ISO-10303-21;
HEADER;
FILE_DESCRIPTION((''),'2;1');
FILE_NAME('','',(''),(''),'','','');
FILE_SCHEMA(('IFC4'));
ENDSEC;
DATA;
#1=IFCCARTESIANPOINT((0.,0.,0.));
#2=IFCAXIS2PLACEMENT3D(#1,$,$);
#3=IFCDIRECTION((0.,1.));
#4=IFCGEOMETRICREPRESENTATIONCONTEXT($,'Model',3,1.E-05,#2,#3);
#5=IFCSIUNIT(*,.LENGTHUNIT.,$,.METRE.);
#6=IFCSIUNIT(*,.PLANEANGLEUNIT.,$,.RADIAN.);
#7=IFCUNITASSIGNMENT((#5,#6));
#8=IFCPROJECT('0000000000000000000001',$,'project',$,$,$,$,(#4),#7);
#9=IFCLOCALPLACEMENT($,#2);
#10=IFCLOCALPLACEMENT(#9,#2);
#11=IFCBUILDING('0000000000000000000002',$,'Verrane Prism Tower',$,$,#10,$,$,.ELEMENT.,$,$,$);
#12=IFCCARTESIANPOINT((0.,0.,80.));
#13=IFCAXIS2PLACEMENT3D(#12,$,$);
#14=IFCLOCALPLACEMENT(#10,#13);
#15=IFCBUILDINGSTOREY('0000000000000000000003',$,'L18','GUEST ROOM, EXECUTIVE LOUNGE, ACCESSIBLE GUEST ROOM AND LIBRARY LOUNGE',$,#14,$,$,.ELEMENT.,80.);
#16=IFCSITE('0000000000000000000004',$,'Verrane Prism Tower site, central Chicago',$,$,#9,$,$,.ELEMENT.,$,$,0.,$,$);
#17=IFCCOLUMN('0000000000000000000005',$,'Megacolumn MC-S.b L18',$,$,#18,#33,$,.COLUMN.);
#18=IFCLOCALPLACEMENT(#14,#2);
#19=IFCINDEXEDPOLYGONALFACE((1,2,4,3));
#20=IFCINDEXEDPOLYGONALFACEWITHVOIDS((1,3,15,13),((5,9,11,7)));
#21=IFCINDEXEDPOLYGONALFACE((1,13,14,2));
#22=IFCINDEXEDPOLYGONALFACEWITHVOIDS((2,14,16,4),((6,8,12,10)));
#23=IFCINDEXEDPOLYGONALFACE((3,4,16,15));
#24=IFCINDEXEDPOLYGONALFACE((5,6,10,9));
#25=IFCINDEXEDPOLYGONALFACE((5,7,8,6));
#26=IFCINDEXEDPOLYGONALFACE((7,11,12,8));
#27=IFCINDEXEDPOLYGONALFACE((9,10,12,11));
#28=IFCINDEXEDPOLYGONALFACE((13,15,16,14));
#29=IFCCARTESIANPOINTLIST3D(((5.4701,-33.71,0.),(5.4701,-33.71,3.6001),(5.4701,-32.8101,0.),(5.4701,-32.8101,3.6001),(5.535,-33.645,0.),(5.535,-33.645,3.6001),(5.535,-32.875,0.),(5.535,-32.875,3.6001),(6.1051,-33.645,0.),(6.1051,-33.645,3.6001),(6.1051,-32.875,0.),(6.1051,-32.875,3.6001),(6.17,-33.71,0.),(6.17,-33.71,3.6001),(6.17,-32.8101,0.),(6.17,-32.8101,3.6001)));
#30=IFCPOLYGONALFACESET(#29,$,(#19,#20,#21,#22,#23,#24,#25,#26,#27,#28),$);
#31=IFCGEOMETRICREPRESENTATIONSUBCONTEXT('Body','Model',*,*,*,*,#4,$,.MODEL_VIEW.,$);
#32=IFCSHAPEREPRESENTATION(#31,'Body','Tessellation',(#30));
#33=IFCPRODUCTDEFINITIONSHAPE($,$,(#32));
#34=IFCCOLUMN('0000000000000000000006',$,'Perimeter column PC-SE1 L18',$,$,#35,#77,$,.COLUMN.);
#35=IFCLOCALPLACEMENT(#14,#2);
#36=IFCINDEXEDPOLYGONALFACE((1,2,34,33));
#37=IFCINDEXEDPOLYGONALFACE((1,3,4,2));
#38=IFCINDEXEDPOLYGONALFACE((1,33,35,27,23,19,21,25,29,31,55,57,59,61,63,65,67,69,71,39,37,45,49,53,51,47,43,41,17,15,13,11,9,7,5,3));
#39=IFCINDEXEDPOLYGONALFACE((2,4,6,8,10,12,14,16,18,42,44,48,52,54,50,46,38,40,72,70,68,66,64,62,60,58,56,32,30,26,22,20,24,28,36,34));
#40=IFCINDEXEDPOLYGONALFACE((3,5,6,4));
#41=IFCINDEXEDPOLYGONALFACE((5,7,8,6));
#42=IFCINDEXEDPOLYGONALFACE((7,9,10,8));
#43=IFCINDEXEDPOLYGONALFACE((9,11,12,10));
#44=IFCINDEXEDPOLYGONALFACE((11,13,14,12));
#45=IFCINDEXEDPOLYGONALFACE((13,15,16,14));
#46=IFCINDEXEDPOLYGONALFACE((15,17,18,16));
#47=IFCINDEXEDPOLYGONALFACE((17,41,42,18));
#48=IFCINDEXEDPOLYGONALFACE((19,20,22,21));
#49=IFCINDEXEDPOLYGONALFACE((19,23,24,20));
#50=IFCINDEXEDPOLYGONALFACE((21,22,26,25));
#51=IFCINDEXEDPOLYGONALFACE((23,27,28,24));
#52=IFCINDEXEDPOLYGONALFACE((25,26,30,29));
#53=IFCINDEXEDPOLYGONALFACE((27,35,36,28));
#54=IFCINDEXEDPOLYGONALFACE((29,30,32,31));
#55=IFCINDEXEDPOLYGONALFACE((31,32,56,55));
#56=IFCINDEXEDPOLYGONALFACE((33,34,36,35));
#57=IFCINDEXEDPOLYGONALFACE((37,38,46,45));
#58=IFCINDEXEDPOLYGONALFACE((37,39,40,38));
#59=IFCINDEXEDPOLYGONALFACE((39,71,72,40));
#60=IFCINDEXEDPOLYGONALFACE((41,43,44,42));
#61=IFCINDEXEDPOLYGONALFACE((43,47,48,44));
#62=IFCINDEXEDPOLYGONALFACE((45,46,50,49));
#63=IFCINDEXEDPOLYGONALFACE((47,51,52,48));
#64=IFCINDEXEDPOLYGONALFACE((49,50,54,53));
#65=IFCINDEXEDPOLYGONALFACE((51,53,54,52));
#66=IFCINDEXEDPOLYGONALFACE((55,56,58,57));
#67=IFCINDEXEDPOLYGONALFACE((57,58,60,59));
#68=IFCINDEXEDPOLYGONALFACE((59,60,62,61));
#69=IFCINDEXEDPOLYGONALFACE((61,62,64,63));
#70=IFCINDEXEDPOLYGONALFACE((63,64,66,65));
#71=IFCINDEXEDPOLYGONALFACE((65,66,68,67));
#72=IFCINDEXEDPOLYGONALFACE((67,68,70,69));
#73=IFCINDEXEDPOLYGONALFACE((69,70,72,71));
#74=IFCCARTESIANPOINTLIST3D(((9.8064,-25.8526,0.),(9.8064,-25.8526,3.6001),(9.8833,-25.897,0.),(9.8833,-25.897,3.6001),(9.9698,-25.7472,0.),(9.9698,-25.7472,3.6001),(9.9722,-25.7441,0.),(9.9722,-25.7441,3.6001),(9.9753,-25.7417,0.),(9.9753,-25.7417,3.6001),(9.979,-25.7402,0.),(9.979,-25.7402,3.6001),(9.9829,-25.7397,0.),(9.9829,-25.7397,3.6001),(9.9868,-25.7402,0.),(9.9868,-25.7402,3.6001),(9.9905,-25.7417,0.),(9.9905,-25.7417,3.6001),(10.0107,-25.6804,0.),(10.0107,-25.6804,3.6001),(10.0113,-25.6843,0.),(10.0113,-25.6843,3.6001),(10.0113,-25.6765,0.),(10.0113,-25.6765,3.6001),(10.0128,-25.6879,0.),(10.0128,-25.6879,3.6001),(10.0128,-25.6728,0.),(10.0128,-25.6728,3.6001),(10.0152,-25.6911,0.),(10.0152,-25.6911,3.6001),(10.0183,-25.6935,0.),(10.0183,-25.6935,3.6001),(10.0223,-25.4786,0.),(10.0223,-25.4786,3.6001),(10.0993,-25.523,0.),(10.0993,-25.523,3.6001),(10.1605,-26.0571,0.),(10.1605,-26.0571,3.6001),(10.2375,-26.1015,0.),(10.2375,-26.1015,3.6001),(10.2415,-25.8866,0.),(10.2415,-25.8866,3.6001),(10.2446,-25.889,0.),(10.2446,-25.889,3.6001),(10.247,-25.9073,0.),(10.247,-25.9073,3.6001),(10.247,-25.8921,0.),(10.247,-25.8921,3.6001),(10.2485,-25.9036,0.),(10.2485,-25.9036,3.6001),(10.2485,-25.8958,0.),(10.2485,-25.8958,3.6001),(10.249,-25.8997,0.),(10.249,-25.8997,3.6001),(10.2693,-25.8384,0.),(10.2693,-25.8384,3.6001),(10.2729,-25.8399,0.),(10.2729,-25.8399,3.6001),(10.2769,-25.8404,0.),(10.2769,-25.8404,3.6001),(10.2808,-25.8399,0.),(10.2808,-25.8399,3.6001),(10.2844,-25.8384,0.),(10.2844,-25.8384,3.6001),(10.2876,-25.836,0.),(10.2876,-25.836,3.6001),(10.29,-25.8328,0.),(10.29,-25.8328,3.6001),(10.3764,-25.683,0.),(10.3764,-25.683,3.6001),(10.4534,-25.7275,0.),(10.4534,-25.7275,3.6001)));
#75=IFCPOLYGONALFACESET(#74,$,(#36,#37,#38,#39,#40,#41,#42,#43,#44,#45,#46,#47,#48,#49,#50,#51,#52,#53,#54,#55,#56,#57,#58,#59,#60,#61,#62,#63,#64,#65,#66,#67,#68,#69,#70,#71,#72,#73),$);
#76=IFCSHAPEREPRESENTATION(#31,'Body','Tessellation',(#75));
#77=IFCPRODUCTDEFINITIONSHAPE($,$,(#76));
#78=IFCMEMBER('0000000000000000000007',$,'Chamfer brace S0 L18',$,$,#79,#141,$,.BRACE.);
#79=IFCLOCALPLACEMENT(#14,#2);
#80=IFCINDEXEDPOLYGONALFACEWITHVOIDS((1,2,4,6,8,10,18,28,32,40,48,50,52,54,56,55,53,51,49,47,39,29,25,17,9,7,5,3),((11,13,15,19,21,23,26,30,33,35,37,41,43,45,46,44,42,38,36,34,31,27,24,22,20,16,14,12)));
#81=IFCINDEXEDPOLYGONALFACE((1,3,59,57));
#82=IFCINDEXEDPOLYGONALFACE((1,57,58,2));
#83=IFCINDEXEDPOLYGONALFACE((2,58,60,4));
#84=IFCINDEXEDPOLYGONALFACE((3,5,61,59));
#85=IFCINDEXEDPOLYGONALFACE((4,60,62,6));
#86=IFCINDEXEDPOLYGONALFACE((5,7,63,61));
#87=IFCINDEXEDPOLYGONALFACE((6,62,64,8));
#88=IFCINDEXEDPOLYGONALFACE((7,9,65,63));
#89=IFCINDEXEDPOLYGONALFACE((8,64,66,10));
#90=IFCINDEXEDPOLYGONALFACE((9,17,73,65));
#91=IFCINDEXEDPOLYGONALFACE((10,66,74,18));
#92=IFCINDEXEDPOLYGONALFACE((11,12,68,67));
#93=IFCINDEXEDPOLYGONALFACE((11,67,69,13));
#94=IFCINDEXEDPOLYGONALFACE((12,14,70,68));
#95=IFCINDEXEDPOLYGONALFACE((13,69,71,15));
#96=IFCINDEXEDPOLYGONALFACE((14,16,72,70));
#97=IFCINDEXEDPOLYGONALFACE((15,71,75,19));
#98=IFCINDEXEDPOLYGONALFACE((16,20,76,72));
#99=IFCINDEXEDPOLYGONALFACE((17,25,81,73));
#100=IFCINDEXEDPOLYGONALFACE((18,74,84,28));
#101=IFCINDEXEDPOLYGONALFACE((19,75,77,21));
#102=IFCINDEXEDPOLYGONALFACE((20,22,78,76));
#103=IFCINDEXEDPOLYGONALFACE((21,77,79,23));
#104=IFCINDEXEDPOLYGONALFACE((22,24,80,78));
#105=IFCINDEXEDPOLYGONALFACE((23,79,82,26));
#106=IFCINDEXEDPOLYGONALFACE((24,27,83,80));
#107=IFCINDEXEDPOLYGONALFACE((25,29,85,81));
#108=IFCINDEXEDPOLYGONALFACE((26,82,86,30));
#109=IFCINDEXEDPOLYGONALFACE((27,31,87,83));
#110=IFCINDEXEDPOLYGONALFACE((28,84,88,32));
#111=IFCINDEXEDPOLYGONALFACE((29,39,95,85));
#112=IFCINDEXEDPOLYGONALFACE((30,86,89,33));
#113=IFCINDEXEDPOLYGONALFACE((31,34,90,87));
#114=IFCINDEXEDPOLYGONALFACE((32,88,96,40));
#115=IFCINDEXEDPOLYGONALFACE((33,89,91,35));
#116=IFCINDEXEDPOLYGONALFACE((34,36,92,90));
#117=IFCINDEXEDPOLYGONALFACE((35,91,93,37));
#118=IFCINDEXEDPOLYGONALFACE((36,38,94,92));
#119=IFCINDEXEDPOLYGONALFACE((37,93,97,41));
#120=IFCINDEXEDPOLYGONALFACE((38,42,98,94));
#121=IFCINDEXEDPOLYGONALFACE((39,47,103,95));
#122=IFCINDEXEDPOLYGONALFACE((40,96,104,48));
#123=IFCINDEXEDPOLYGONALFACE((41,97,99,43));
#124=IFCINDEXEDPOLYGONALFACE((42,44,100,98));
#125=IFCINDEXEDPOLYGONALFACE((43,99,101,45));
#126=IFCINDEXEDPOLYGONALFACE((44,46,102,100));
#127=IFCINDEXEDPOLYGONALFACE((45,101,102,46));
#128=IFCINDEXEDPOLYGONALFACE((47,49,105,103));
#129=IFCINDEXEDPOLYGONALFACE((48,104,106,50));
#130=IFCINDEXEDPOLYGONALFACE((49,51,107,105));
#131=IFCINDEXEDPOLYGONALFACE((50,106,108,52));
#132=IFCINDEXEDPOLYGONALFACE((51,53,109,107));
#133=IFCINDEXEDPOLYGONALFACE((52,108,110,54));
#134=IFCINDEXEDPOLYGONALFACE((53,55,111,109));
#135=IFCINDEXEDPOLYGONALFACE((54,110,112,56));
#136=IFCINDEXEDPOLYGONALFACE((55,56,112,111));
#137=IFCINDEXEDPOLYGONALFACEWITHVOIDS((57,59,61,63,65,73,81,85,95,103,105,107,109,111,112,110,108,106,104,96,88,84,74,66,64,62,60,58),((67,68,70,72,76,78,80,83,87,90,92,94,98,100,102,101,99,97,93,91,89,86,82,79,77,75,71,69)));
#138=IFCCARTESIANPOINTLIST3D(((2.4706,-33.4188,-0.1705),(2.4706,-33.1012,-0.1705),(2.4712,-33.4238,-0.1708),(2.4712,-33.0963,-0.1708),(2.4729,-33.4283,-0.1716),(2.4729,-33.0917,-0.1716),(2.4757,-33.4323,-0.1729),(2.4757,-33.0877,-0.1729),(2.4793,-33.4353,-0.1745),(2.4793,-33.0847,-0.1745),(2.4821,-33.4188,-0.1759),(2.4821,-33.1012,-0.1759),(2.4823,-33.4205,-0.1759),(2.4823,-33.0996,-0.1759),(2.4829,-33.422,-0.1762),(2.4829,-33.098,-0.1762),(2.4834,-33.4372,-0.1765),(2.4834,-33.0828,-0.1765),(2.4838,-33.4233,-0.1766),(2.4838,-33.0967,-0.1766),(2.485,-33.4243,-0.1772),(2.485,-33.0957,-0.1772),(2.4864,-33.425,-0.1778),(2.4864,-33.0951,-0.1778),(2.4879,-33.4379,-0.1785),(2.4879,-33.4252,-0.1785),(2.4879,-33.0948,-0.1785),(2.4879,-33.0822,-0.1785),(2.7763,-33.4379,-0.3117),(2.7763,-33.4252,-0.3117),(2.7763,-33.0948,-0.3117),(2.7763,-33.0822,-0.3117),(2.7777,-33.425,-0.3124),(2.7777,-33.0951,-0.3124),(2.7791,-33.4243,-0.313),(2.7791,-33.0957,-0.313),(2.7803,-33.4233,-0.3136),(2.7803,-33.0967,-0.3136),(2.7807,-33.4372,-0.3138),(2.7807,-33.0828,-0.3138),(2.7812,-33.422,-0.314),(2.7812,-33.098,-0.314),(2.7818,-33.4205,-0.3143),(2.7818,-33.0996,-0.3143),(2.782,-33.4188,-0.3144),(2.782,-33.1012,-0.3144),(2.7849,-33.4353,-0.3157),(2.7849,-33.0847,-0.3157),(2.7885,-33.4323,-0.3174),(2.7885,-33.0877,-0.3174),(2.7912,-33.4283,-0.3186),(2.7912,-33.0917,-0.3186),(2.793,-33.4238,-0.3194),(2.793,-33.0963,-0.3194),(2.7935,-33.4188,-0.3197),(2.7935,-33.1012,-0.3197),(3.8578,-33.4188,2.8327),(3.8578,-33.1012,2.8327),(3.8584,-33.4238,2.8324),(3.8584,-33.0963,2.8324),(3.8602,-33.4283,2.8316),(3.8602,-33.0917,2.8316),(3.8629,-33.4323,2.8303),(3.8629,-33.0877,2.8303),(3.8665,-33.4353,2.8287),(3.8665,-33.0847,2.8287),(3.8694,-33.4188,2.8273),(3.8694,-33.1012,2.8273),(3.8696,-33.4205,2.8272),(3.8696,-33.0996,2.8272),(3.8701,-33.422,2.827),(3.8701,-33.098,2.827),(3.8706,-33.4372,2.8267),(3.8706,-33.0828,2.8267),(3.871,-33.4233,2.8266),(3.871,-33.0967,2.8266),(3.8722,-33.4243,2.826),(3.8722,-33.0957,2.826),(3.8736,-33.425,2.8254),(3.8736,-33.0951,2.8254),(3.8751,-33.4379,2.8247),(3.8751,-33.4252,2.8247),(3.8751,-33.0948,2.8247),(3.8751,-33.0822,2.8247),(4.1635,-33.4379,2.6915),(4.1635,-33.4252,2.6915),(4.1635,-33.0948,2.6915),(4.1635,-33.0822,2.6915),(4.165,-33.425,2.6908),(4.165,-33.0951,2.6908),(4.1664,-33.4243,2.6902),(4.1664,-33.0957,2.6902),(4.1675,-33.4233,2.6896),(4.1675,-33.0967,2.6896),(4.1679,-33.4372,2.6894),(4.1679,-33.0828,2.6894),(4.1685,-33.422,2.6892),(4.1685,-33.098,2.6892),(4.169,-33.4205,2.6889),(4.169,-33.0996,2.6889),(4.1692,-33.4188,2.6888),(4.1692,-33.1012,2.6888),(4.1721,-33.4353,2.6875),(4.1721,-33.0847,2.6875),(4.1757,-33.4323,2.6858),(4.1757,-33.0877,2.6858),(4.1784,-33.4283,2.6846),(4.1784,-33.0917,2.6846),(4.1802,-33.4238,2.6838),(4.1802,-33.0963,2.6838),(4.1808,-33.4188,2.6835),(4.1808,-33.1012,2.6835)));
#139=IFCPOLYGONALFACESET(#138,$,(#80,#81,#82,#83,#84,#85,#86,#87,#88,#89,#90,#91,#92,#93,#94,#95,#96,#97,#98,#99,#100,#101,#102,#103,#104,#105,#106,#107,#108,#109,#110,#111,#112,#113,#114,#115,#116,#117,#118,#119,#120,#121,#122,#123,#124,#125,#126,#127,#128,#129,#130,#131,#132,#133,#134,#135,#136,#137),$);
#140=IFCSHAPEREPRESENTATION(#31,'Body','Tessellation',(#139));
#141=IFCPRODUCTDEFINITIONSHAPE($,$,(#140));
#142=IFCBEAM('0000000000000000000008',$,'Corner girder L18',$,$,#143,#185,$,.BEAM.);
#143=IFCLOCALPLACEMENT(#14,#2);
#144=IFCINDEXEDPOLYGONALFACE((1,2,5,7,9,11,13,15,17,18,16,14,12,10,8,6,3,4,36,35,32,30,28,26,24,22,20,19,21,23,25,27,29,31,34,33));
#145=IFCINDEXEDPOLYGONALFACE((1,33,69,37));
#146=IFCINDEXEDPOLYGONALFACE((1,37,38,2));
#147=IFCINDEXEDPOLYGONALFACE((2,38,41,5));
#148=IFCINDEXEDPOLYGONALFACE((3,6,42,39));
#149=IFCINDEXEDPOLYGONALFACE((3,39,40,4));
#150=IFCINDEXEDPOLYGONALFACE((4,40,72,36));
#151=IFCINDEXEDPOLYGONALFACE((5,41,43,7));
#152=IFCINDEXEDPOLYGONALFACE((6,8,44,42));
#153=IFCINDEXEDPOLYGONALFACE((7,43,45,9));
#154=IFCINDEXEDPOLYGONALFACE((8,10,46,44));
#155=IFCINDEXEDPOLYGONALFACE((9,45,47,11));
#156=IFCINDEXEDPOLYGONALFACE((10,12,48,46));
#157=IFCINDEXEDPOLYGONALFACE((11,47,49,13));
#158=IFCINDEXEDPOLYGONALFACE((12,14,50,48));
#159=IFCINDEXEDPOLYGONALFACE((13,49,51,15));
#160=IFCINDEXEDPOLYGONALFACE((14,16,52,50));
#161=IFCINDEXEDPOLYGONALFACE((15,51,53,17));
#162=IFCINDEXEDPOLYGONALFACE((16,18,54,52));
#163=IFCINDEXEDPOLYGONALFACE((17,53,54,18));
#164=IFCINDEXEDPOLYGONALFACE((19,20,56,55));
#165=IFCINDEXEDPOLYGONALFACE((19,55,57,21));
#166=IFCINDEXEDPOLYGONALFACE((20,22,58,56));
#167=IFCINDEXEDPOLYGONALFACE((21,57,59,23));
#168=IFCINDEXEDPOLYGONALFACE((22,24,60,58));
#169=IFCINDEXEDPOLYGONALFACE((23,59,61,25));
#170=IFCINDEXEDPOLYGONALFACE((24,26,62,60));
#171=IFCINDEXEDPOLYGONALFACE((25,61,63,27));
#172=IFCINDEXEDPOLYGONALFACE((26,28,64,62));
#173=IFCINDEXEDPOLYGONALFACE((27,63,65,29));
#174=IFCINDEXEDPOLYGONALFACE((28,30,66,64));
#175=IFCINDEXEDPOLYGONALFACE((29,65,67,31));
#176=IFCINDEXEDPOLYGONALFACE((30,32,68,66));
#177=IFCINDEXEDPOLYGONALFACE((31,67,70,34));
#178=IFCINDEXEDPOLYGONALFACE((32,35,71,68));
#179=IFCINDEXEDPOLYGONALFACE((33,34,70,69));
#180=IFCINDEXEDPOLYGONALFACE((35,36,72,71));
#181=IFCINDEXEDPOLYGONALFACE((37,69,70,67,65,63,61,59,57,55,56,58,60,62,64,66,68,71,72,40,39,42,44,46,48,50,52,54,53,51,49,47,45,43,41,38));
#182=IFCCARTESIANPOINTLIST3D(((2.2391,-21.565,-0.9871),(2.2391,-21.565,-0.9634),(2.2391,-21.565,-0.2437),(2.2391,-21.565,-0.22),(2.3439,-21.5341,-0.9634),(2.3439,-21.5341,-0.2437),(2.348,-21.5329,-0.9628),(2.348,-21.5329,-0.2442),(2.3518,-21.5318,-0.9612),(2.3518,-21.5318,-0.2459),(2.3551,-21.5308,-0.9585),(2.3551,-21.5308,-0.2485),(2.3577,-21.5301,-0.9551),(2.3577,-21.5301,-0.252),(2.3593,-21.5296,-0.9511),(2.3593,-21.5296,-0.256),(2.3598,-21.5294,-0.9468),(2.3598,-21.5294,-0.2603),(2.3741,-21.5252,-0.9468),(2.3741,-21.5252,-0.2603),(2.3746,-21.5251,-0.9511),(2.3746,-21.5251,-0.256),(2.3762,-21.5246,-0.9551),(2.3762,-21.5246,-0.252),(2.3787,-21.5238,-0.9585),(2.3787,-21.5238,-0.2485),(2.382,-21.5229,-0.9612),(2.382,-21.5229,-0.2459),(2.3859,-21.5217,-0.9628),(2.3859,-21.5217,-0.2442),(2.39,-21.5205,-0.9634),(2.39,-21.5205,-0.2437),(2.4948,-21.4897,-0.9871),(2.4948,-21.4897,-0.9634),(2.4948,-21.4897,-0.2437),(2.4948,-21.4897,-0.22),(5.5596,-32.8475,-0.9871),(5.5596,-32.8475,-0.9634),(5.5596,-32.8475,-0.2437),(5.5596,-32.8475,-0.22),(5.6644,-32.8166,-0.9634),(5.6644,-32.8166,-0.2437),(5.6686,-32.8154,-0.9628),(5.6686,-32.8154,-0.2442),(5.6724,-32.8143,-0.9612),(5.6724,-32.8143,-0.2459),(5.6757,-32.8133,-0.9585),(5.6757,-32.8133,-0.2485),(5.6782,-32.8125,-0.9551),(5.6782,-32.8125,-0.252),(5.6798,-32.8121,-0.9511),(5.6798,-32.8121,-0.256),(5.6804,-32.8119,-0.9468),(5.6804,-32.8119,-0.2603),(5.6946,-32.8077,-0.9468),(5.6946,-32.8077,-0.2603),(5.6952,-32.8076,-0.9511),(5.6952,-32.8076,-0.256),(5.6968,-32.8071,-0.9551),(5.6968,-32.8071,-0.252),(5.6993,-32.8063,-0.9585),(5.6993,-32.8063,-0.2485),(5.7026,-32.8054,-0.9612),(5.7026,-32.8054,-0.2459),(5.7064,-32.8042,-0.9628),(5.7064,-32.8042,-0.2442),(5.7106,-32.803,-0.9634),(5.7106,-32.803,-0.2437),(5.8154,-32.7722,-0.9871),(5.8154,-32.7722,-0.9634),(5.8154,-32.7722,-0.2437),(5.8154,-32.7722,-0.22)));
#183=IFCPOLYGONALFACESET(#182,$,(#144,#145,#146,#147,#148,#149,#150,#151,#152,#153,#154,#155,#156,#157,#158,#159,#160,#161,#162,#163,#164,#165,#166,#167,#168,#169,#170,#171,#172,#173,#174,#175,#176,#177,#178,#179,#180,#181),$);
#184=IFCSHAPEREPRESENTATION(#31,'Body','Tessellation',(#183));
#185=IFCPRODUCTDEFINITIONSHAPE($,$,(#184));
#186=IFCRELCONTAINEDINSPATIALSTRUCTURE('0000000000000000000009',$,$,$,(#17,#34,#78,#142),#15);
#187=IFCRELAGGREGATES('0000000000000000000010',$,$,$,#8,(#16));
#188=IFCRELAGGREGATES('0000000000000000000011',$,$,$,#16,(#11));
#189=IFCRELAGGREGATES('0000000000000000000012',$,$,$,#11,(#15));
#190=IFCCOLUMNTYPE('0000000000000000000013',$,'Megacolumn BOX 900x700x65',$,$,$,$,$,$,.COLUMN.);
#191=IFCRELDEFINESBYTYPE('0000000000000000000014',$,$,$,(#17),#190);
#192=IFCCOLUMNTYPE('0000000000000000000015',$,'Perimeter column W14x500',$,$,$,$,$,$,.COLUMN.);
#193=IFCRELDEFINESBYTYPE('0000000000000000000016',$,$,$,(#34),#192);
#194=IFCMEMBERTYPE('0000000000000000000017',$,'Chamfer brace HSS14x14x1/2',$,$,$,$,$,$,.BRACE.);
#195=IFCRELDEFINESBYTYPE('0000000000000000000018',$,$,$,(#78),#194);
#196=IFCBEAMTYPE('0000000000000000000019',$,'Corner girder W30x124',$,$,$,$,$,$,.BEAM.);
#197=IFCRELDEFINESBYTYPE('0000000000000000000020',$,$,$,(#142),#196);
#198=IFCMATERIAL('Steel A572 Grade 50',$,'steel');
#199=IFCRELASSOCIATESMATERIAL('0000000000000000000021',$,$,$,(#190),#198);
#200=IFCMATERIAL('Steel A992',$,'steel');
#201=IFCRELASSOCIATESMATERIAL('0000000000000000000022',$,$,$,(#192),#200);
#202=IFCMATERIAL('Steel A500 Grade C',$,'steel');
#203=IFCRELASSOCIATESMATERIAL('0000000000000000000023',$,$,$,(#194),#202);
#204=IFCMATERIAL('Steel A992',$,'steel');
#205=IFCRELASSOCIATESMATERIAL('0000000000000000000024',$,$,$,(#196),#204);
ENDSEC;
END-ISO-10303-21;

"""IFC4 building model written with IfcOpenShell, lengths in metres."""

from ifc_helpers import new_model, si_unit, direction, frame, origin, origin_2d, place, context, subcontext, project, spatial, hollow_rectangle, i_section, extrude, material, material_profile, profile_set, type_object, element, save


model = new_model("IFC4")

# Units and contexts
model_context = context("Model", 3, precision=1e-05, world=origin(), true_north=direction((0.0, 1.0)))
body_context = subcontext(model_context, "Body", "Model", "MODEL_VIEW")
ifc_project = project(units=[si_unit("LENGTHUNIT", "METRE"), si_unit("PLANEANGLEUNIT", "RADIAN")], contexts=[model_context])

# Site, building, storey
site_placement = place(None, origin())
site = spatial("IfcSite", under=ifc_project, at=site_placement, Name="Verrane Prism Tower site, central Chicago", CompositionType="ELEMENT", RefElevation=0.0)
building_placement = place(site_placement, origin())
building = spatial("IfcBuilding", under=site, at=building_placement, Name="Verrane Prism Tower", CompositionType="ELEMENT")
storey_placement = place(building_placement, frame((0.0, 0.0, 80.0)))
storey = spatial("IfcBuildingStorey", under=building, at=storey_placement, Name="L18", Description="GUEST ROOM, EXECUTIVE LOUNGE, ACCESSIBLE GUEST ROOM AND LIBRARY LOUNGE", CompositionType="ELEMENT", Elevation=80.0)

# Columns
ifc_material_1 = material(Name="Steel A572 Grade 50", Category="steel")
ifc_material_profile_1 = material_profile(ifc_material_1, hollow_rectangle(XDim=0.7, YDim=0.8999, WallThickness=0.0649, at=origin_2d()), Name="BOX 900x700x65")
ifc_profile_set_1 = profile_set([ifc_material_profile_1], Name="Steel A572 Grade 50")
column_type_1 = type_object("IfcColumnType", Name="Megacolumn BOX 900x700x65", PredefinedType="COLUMN", material=ifc_profile_set_1)
column_1_placement = place(storey_placement, frame((5.8201, -33.26, 0.0), z_axis=(0.0, 0.0, 1.0), x_axis=(-1.0, 0.0, 0.0)))
element("IfcColumn", 1, at=column_1_placement, inside=storey, type_object=column_type_1, Name="Megacolumn MC-S.b L18", PredefinedType="COLUMN", context=body_context, shape_type="SweptSolid", body=[
    extrude(hollow_rectangle(XDim=0.7, YDim=0.8999, WallThickness=0.0649, at=origin_2d()), origin(), (0.0, 0.0, 1.0), 3.6001),
])
ifc_material_2 = material(Name="Steel A992", Category="steel")
ifc_material_profile_2 = material_profile(ifc_material_2, i_section(OverallWidth=0.4319, OverallDepth=0.4978, WebThickness=0.0557, FlangeThickness=0.0889, FilletRadius=0.0151, at=origin_2d()), Name="W14x500")
ifc_profile_set_2 = profile_set([ifc_material_profile_2], Name="Steel A992")
column_type_2 = type_object("IfcColumnType", Name="Perimeter column W14x500", PredefinedType="COLUMN", material=ifc_profile_set_2)
column_2_placement = place(storey_placement, frame((10.1299, -25.79, 0.0), z_axis=(0.0, 0.0, 1.0), x_axis=(-0.5, -0.866025, 0.0)))
element("IfcColumn", 2, at=column_2_placement, inside=storey, type_object=column_type_2, Name="Perimeter column PC-SE1 L18", PredefinedType="COLUMN", context=body_context, shape_type="SweptSolid", body=[
    extrude(i_section(OverallWidth=0.4319, OverallDepth=0.4978, WebThickness=0.0557, FlangeThickness=0.0889, FilletRadius=0.0151, at=origin_2d()), origin(), (0.0, 0.0, 1.0), 3.6001),
])

# Member
ifc_material_3 = material(Name="Steel A500 Grade C", Category="steel")
ifc_material_profile_3 = material_profile(ifc_material_3, hollow_rectangle(XDim=0.3557, YDim=0.3557, WallThickness=0.0127, InnerFilletRadius=0.0063, OuterFilletRadius=0.019, at=origin_2d()), Name="HSS14x14x1/2")
ifc_profile_set_3 = profile_set([ifc_material_profile_3], Name="Steel A500 Grade C")
member_type_1 = type_object("IfcMemberType", Name="Chamfer brace HSS14x14x1/2", PredefinedType="BRACE", material=ifc_profile_set_3)
member_1_placement = place(storey_placement, frame((2.6321, -33.26, -0.2451), z_axis=(0.419339, 0.0, 0.90783), x_axis=(0.0, 1.0, 0.0)))
element("IfcMember", 3, at=member_1_placement, inside=storey, type_object=member_type_1, Name="Chamfer brace S0 L18", PredefinedType="BRACE", context=body_context, shape_type="SweptSolid", body=[
    extrude(hollow_rectangle(XDim=0.3557, YDim=0.3557, WallThickness=0.0127, InnerFilletRadius=0.0063, OuterFilletRadius=0.019, at=origin_2d()), origin(), (0.0, 0.0, 1.0), 3.3081),
])

# Beam
ifc_material_4 = material(Name="Steel A992", Category="steel")
ifc_material_profile_4 = material_profile(ifc_material_4, i_section(OverallWidth=0.2666, OverallDepth=0.7671, WebThickness=0.0149, FlangeThickness=0.0237, FilletRadius=0.0166, at=origin_2d()), Name="W30x124")
ifc_profile_set_4 = profile_set([ifc_material_profile_4], Name="Steel A992")
beam_type_1 = type_object("IfcBeamType", Name="Corner girder W30x124", PredefinedType="BEAM", material=ifc_profile_set_4)
beam_1_placement = place(storey_placement, frame((5.6875, -32.8098, -0.6035), z_axis=(-0.282337, 0.959315, 0.0), x_axis=(-0.959315, -0.282337, 0.0)))
element("IfcBeam", 4, at=beam_1_placement, inside=storey, type_object=beam_type_1, Name="Corner girder L18", PredefinedType="BEAM", context=body_context, shape_type="SweptSolid", body=[
    extrude(i_section(OverallWidth=0.2666, OverallDepth=0.7671, WebThickness=0.0149, FlangeThickness=0.0237, FilletRadius=0.0166, at=origin_2d()), origin(), (0.0, 0.0, 1.0), 11.761),
])

save(model, "model.ifc")
